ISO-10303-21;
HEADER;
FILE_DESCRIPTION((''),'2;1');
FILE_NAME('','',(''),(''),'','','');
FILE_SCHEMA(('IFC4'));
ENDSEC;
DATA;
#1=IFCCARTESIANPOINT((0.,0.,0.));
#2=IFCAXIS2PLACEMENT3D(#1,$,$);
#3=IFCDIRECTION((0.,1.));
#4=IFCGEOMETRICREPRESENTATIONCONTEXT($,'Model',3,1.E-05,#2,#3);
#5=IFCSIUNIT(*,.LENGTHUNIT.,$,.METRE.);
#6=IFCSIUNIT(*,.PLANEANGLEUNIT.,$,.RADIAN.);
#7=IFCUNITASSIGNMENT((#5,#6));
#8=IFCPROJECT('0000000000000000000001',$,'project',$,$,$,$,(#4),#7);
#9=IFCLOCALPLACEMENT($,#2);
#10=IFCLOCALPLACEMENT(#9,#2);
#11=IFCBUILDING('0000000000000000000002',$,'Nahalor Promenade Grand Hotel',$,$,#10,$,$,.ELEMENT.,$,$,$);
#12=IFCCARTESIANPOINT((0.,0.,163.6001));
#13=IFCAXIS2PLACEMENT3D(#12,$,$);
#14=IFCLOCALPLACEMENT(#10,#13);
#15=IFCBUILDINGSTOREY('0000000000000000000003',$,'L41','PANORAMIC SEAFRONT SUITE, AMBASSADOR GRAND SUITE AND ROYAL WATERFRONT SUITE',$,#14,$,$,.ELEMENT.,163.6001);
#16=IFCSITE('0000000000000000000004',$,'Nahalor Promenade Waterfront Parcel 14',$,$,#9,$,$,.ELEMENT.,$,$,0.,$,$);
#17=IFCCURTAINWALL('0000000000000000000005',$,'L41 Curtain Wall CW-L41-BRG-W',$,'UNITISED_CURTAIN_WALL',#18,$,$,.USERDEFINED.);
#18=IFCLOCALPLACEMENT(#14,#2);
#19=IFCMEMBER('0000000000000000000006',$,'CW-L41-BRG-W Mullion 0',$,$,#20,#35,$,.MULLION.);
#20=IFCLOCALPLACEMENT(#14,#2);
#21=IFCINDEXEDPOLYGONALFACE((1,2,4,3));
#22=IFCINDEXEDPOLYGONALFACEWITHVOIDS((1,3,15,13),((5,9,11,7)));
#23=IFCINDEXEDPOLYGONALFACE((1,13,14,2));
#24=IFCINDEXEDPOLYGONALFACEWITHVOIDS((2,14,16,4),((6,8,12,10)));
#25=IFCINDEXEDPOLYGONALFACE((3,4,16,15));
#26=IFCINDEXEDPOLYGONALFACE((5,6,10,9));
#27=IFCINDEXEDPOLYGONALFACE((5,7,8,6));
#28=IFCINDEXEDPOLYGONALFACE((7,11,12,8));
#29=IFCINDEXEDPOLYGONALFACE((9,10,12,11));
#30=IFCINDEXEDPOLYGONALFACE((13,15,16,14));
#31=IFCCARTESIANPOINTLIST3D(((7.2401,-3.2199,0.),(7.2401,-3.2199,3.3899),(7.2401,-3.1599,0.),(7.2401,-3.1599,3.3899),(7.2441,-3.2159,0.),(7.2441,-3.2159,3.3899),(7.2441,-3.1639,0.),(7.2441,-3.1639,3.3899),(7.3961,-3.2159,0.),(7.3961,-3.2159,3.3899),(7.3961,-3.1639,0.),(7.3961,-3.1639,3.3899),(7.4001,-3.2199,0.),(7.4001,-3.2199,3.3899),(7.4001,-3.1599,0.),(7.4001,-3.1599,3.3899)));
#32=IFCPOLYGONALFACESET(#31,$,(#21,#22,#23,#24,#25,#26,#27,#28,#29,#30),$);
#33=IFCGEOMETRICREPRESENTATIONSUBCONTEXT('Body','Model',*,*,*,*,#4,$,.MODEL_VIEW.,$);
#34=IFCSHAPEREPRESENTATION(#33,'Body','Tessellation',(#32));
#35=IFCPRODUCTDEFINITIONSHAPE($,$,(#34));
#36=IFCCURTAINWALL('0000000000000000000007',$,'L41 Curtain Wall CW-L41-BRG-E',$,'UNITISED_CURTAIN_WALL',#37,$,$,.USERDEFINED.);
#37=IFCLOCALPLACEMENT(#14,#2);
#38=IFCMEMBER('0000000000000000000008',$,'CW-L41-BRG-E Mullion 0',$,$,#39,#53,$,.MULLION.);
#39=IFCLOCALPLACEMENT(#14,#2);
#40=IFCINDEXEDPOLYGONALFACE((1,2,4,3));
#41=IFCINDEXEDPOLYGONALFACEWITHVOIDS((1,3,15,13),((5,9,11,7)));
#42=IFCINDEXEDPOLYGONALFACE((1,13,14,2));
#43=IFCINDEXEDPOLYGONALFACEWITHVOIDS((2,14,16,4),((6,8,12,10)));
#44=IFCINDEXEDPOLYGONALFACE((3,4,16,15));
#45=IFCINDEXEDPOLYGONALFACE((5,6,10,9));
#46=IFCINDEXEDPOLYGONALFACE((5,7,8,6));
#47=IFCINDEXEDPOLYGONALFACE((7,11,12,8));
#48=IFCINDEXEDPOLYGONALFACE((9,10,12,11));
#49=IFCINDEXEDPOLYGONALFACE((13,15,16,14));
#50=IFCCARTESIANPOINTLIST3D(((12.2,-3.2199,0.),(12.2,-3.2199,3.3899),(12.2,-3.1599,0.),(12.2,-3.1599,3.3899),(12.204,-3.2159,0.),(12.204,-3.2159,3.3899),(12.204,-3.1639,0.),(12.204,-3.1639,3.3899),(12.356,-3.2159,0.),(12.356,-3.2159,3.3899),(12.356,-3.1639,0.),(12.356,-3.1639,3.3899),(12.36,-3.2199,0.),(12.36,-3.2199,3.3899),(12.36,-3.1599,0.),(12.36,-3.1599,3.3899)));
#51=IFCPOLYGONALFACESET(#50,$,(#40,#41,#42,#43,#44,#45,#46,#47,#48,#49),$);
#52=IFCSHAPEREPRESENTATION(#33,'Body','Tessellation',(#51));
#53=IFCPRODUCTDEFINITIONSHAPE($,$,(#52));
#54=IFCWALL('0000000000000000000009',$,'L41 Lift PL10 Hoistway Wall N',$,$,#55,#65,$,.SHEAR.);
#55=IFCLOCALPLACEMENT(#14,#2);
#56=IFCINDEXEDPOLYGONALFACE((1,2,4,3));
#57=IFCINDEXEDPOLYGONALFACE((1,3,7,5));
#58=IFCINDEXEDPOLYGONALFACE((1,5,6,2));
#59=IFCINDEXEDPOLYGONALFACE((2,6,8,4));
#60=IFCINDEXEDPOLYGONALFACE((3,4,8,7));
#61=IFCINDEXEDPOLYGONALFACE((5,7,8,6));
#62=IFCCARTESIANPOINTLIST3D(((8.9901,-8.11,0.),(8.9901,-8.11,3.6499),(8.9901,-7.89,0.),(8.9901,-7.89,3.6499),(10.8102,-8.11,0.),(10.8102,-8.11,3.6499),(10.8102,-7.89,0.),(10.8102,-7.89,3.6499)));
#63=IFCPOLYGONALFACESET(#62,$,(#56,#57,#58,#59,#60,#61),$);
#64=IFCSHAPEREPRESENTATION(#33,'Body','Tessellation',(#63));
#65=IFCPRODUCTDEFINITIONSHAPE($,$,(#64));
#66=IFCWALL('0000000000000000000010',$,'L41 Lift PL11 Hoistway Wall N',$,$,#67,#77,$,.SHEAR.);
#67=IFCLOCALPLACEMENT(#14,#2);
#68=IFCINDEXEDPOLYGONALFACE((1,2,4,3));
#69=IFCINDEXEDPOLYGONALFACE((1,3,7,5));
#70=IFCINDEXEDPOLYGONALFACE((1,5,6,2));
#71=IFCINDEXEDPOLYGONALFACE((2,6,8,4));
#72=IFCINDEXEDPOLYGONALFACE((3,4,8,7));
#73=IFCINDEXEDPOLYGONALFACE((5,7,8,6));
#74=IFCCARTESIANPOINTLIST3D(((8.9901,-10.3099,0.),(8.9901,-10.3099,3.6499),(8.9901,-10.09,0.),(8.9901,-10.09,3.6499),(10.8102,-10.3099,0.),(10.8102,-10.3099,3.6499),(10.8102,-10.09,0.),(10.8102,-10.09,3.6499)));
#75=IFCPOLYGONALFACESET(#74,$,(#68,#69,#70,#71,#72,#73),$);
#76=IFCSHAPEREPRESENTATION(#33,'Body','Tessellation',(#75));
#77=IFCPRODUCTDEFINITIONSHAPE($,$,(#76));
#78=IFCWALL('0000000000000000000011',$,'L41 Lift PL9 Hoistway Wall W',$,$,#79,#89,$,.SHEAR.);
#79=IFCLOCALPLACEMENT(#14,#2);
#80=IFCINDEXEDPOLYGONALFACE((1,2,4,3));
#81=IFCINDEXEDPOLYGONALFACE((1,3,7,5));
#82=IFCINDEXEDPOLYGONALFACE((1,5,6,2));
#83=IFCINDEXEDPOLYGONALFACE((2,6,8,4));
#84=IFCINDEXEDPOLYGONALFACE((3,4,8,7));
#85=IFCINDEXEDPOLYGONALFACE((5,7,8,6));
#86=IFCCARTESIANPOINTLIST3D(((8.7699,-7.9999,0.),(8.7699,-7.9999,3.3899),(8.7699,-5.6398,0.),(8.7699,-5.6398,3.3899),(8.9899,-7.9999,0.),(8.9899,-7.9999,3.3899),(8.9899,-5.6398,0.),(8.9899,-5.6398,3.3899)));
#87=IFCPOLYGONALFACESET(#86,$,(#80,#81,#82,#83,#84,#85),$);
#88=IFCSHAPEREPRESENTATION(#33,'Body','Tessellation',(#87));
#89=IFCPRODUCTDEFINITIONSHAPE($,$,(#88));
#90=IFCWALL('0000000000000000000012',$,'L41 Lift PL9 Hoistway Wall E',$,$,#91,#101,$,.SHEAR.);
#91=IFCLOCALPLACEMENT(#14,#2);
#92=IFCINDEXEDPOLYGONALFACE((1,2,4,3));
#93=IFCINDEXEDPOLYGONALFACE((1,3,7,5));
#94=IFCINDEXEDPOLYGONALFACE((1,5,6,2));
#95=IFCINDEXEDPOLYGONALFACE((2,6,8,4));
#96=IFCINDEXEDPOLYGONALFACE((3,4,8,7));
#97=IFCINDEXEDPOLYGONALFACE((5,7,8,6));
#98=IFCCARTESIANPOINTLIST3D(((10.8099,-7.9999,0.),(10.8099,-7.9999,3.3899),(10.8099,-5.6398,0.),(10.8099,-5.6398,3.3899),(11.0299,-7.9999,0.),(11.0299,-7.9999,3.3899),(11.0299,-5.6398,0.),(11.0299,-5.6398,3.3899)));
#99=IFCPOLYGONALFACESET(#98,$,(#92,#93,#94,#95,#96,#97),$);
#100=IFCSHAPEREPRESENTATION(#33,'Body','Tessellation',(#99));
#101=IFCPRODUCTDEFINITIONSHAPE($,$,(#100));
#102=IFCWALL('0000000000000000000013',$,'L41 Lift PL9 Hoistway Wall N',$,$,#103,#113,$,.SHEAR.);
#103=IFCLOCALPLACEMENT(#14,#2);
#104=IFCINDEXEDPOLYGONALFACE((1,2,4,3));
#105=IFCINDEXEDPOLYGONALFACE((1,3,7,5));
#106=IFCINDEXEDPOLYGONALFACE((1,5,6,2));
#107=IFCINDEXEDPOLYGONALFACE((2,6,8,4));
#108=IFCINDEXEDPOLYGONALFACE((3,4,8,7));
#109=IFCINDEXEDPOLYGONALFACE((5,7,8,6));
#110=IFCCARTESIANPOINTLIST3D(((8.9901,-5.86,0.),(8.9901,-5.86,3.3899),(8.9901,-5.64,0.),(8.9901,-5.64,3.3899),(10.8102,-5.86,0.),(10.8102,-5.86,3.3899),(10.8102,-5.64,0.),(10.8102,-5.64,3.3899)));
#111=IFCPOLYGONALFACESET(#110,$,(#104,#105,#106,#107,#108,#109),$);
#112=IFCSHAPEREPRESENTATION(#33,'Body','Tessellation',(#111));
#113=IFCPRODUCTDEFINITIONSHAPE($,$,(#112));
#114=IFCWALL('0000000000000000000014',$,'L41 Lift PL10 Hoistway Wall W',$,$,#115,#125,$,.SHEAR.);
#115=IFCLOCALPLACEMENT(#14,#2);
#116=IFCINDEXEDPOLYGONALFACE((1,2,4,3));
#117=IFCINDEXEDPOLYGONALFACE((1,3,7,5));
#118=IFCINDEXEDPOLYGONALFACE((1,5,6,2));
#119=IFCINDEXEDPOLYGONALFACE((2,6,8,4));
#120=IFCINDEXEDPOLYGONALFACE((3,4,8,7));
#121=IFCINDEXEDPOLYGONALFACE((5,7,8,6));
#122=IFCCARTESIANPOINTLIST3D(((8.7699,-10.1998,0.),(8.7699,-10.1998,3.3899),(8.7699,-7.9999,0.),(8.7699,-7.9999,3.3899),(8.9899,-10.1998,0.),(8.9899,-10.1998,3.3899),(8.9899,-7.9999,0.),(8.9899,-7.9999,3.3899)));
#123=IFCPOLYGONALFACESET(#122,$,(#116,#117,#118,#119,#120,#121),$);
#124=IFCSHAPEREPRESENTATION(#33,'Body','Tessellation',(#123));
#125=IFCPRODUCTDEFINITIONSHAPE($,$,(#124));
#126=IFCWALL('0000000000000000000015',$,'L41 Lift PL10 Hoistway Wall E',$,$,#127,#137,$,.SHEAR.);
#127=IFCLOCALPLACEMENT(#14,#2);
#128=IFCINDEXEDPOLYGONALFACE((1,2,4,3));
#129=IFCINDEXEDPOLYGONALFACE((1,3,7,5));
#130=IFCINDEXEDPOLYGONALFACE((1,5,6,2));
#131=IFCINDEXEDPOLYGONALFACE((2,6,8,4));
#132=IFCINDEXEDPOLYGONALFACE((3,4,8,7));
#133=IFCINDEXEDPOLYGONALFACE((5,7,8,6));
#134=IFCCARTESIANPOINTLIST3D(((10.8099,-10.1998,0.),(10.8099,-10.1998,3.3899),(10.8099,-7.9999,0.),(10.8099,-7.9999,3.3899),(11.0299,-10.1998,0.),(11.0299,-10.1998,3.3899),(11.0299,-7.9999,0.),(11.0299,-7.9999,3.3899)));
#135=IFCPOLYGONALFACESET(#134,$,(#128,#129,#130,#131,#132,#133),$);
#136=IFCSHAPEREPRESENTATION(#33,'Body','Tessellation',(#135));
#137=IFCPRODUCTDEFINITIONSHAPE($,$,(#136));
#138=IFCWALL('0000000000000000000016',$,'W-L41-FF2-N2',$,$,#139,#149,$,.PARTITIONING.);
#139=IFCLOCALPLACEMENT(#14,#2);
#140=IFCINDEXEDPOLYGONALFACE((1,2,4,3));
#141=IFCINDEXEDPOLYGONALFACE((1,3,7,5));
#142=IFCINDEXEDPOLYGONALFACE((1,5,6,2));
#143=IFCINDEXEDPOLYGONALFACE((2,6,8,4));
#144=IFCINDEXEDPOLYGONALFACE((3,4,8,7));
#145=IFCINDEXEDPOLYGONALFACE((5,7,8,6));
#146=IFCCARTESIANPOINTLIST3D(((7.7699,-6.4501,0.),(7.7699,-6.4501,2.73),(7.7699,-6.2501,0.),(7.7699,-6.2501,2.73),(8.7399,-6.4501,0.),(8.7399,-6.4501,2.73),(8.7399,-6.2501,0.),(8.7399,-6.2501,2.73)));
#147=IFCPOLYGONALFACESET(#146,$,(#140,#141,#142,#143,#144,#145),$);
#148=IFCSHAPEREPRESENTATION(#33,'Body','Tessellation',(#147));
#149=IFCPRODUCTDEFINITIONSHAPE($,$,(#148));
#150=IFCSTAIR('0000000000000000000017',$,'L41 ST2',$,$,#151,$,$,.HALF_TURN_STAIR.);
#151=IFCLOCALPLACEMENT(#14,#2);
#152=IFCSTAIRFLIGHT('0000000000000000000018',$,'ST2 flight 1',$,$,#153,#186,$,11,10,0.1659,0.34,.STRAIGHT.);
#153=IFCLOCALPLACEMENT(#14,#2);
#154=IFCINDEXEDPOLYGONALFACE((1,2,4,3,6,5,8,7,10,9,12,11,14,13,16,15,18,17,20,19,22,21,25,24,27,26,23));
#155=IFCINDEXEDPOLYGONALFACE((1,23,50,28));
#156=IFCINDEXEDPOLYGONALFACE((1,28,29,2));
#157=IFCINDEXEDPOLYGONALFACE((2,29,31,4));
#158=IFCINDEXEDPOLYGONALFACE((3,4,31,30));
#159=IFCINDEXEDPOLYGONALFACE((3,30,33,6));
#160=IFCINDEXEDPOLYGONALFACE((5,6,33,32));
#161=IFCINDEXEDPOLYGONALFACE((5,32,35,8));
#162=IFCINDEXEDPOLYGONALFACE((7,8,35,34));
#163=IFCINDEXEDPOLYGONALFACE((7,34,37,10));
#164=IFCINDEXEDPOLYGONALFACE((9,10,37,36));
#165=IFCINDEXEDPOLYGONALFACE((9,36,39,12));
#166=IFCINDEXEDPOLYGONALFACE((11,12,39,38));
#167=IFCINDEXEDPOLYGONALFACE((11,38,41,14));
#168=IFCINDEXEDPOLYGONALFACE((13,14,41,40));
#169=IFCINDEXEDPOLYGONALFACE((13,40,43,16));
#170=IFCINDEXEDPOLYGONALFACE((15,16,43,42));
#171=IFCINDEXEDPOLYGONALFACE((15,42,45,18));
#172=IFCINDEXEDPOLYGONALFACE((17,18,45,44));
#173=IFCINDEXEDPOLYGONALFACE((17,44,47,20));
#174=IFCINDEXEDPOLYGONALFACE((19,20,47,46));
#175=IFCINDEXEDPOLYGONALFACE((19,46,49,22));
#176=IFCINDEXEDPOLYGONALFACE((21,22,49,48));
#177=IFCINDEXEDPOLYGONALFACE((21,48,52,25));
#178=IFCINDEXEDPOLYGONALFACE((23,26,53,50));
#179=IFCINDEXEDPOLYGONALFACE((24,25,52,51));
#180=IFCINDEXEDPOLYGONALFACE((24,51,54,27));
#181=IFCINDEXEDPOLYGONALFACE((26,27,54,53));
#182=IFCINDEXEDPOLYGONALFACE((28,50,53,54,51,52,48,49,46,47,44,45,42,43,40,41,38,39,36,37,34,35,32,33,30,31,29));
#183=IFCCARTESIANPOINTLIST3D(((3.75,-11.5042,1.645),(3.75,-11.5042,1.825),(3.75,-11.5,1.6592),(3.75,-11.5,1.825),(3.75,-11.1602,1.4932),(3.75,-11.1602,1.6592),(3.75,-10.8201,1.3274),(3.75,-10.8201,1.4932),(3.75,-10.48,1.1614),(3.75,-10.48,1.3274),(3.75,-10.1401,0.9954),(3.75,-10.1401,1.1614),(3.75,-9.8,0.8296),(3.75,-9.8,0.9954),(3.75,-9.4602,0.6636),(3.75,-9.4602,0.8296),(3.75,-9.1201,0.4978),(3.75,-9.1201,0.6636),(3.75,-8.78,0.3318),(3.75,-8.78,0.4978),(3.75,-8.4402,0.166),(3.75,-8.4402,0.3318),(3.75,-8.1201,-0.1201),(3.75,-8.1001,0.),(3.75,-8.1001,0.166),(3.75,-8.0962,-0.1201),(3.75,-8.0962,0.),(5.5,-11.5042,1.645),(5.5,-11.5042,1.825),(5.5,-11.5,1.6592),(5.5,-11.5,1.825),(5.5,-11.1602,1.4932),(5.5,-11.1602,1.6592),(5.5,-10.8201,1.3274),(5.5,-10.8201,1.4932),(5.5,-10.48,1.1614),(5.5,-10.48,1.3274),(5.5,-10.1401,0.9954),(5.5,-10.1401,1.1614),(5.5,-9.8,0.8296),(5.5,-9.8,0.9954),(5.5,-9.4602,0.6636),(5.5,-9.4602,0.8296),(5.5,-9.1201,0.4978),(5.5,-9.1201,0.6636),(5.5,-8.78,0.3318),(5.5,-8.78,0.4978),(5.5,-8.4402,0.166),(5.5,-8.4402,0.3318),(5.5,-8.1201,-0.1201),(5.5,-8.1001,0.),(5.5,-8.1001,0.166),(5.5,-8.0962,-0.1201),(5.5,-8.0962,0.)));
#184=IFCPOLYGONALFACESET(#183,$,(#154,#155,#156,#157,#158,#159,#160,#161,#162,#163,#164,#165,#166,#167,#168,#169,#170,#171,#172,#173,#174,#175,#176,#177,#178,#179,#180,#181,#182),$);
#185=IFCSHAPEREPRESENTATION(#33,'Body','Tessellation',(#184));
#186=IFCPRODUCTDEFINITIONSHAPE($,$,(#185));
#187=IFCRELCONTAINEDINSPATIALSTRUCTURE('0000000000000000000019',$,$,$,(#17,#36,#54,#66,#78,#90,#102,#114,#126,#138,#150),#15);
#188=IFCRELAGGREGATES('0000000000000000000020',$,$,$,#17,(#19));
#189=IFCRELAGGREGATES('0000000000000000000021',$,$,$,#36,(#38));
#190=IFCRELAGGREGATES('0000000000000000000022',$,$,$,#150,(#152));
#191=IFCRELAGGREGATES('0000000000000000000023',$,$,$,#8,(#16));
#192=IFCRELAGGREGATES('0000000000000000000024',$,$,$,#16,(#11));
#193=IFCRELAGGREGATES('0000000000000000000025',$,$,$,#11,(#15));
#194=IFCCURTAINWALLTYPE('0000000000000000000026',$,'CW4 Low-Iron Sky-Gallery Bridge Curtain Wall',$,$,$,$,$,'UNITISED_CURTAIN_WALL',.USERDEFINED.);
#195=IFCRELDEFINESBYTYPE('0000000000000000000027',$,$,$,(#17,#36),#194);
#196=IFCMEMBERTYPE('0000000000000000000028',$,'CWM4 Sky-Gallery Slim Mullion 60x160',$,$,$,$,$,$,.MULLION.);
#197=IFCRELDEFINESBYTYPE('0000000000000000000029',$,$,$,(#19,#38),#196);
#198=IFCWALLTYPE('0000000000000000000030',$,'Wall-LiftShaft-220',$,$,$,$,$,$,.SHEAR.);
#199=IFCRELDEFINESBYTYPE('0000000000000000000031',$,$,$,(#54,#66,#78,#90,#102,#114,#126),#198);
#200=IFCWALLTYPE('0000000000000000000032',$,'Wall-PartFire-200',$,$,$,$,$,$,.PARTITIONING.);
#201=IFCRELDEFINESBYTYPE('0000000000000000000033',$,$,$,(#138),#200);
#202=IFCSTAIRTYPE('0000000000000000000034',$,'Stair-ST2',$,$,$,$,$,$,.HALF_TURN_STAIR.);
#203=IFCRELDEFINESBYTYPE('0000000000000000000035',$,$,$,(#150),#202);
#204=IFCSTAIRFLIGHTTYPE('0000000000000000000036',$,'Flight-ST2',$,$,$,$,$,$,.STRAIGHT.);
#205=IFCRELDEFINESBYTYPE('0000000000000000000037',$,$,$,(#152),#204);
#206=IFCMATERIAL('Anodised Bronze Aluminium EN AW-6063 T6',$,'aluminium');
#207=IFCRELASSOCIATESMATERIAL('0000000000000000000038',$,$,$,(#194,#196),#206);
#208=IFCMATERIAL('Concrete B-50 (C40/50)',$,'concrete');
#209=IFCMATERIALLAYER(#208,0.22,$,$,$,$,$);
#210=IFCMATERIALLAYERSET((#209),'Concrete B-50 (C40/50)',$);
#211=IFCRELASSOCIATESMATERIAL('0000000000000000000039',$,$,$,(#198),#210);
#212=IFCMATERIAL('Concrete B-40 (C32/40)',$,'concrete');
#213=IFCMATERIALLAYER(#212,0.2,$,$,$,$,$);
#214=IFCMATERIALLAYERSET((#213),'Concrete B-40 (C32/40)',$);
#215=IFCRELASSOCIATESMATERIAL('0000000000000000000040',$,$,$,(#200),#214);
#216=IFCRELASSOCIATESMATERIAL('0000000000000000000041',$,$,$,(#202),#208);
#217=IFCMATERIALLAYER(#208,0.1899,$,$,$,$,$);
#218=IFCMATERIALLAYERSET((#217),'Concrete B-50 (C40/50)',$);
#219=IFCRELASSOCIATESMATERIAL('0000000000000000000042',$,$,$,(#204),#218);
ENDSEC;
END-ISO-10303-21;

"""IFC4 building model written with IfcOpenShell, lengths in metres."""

from ifc_helpers import new_model, si_unit, direction, frame, frame_2d, origin, origin_2d, place, context, subcontext, project, spatial, polyline, rectangle, hollow_rectangle, outline, extrude, source, transform, mapped, material, layer, layer_set, material_profile, profile_set, type_object, element, aggregate, save


model = new_model("IFC4")

# Units and contexts
model_context = context("Model", 3, precision=1e-05, world=origin(), true_north=direction((0.0, 1.0)))
body_context = subcontext(model_context, "Body", "Model", "MODEL_VIEW")
ifc_project = project(units=[si_unit("LENGTHUNIT", "METRE"), si_unit("PLANEANGLEUNIT", "RADIAN")], contexts=[model_context])

# Site, building, storey
site_placement = place(None, origin())
site = spatial("IfcSite", under=ifc_project, at=site_placement, Name="Nahalor Promenade Waterfront Parcel 14", CompositionType="ELEMENT", RefElevation=0.0)
building_placement = place(site_placement, origin())
building = spatial("IfcBuilding", under=site, at=building_placement, Name="Nahalor Promenade Grand Hotel", CompositionType="ELEMENT")
storey_placement = place(building_placement, frame((0.0, 0.0, 163.6001)))
storey = spatial("IfcBuildingStorey", under=building, at=storey_placement, Name="L41", Description="PANORAMIC SEAFRONT SUITE, AMBASSADOR GRAND SUITE AND ROYAL WATERFRONT SUITE", CompositionType="ELEMENT", Elevation=163.6001)

# Curtain wall
ifc_material_1 = material(Name="Anodised Bronze Aluminium EN AW-6063 T6", Category="aluminium")
curtain_wall_type_1 = type_object("IfcCurtainWallType", Name="CW4 Low-Iron Sky-Gallery Bridge Curtain Wall", ElementType="UNITISED_CURTAIN_WALL", PredefinedType="USERDEFINED", material=ifc_material_1)
curtain_wall_1_placement = place(storey_placement, origin())
curtain_wall_1 = element("IfcCurtainWall", 1, at=curtain_wall_1_placement, inside=storey, type_object=curtain_wall_type_1, Name="L41 Curtain Wall CW-L41-BRG-W", ObjectType="UNITISED_CURTAIN_WALL", PredefinedType="USERDEFINED")

# Member
ifc_material_profile_1 = material_profile(ifc_material_1, hollow_rectangle(XDim=0.06, YDim=0.16, WallThickness=0.004, at=origin_2d()), Name="CWM 60x160x4")
ifc_profile_set_1 = profile_set([ifc_material_profile_1], Name="Anodised Bronze Aluminium EN AW-6063 T6")
member_type_1 = type_object("IfcMemberType", Name="CWM4 Sky-Gallery Slim Mullion 60x160", PredefinedType="MULLION", material=ifc_profile_set_1)
shared_shape_1 = source(origin(), body_context, "Body", "SweptSolid", [
    extrude(hollow_rectangle(XDim=0.06, YDim=0.16, WallThickness=0.004, at=origin_2d()), origin(), (0.0, 0.0, 1.0), 3.3899),
])
member_1_placement = place(storey_placement, frame((7.3201, -3.1899, 0.0), z_axis=(0.0, 0.0, 1.0), x_axis=(0.0, 1.0, 0.0)))
member_1 = element("IfcMember", 2, at=member_1_placement, type_object=member_type_1, Name="CW-L41-BRG-W Mullion 0", PredefinedType="MULLION", context=body_context, shape_type="MappedRepresentation", body=[
    mapped(shared_shape_1, transform((0.0, 0.0, 0.0), scale=1.0)),
])
aggregate(curtain_wall_1, [member_1])

# Curtain wall, member
curtain_wall_2_placement = place(storey_placement, origin())
curtain_wall_2 = element("IfcCurtainWall", 3, at=curtain_wall_2_placement, inside=storey, type_object=curtain_wall_type_1, Name="L41 Curtain Wall CW-L41-BRG-E", ObjectType="UNITISED_CURTAIN_WALL", PredefinedType="USERDEFINED")
member_2_placement = place(storey_placement, frame((12.28, -3.1899, 0.0), z_axis=(0.0, 0.0, 1.0), x_axis=(0.0, 1.0, 0.0)))
member_2 = element("IfcMember", 4, at=member_2_placement, type_object=member_type_1, Name="CW-L41-BRG-E Mullion 0", PredefinedType="MULLION", context=body_context, shape_type="MappedRepresentation", body=[
    mapped(shared_shape_1, transform((0.0, 0.0, 0.0), scale=1.0)),
])
aggregate(curtain_wall_2, [member_2])

# Walls
ifc_material_2 = material(Name="Concrete B-50 (C40/50)", Category="concrete")
ifc_layer_1 = layer(ifc_material_2, 0.22)
ifc_layer_set_1 = layer_set([ifc_layer_1], Name="Concrete B-50 (C40/50)")
wall_type_1 = type_object("IfcWallType", Name="Wall-LiftShaft-220", PredefinedType="SHEAR", material=ifc_layer_set_1)
shared_shape_2 = source(origin(), body_context, "Body", "SweptSolid", [
    extrude(rectangle(XDim=1.8201, YDim=0.22, at=frame_2d((0.9102, 0.0))), origin(), (0.0, 0.0, 1.0), 3.6499),
])
for number, where, z_axis, x_axis, name in (
    (5, (8.99, -8.0, 0.0), (0.0, 0.0, 1.0), (1.0, 0.0, 0.0), "L41 Lift PL10 Hoistway Wall N"),
    (6, (8.99, -10.2, 0.0), (0.0, 0.0, 1.0), (1.0, 0.0, 0.0), "L41 Lift PL11 Hoistway Wall N"),
):
    element("IfcWall", number, at=place(storey_placement, frame(where, z_axis=z_axis, x_axis=x_axis)), inside=storey, type_object=wall_type_1, Name=name, PredefinedType="SHEAR", context=body_context, shape_type="MappedRepresentation", body=[
        mapped(shared_shape_2, transform((0.0, 0.0, 0.0), scale=1.0)),
    ])
shared_shape_3 = source(origin(), body_context, "Body", "SweptSolid", [
    extrude(rectangle(XDim=2.3601, YDim=0.22, at=frame_2d((1.1802, 0.0))), origin(), (0.0, 0.0, 1.0), 3.3899),
])
for number, where, z_axis, x_axis, name in (
    (7, (8.8799, -8.0, 0.0), (0.0, 0.0, 1.0), (0.0, 1.0, 0.0), "L41 Lift PL9 Hoistway Wall W"),
    (8, (10.9199, -8.0, 0.0), (0.0, 0.0, 1.0), (0.0, 1.0, 0.0), "L41 Lift PL9 Hoistway Wall E"),
):
    element("IfcWall", number, at=place(storey_placement, frame(where, z_axis=z_axis, x_axis=x_axis)), inside=storey, type_object=wall_type_1, Name=name, PredefinedType="SHEAR", context=body_context, shape_type="MappedRepresentation", body=[
        mapped(shared_shape_3, transform((0.0, 0.0, 0.0), scale=1.0)),
    ])
shared_shape_4 = source(origin(), body_context, "Body", "SweptSolid", [
    extrude(rectangle(XDim=1.8201, YDim=0.22, at=frame_2d((0.9102, 0.0))), origin(), (0.0, 0.0, 1.0), 3.3899),
])
wall_1_placement = place(storey_placement, frame((8.99, -5.75, 0.0), z_axis=(0.0, 0.0, 1.0), x_axis=(1.0, 0.0, 0.0)))
element("IfcWall", 9, at=wall_1_placement, inside=storey, type_object=wall_type_1, Name="L41 Lift PL9 Hoistway Wall N", PredefinedType="SHEAR", context=body_context, shape_type="MappedRepresentation", body=[
    mapped(shared_shape_4, transform((0.0, 0.0, 0.0), scale=1.0)),
])
shared_shape_5 = source(origin(), body_context, "Body", "SweptSolid", [
    extrude(rectangle(XDim=2.2, YDim=0.22, at=frame_2d((1.1001, 0.0))), origin(), (0.0, 0.0, 1.0), 3.3899),
])
for number, where, z_axis, x_axis, name in (
    (10, (8.8799, -10.2, 0.0), (0.0, 0.0, 1.0), (0.0, 1.0, 0.0), "L41 Lift PL10 Hoistway Wall W"),
    (11, (10.9199, -10.2, 0.0), (0.0, 0.0, 1.0), (0.0, 1.0, 0.0), "L41 Lift PL10 Hoistway Wall E"),
):
    element("IfcWall", number, at=place(storey_placement, frame(where, z_axis=z_axis, x_axis=x_axis)), inside=storey, type_object=wall_type_1, Name=name, PredefinedType="SHEAR", context=body_context, shape_type="MappedRepresentation", body=[
        mapped(shared_shape_5, transform((0.0, 0.0, 0.0), scale=1.0)),
    ])
ifc_material_3 = material(Name="Concrete B-40 (C32/40)", Category="concrete")
ifc_layer_2 = layer(ifc_material_3, 0.2)
ifc_layer_set_2 = layer_set([ifc_layer_2], Name="Concrete B-40 (C32/40)")
wall_type_2 = type_object("IfcWallType", Name="Wall-PartFire-200", PredefinedType="PARTITIONING", material=ifc_layer_set_2)
shared_shape_6 = source(origin(), body_context, "Body", "SweptSolid", [
    extrude(rectangle(XDim=0.97, YDim=0.2, at=frame_2d((0.4849, 0.0))), origin(), (0.0, 0.0, 1.0), 2.73),
])
wall_2_placement = place(storey_placement, frame((7.77, -6.3501, 0.0), z_axis=(0.0, 0.0, 1.0), x_axis=(1.0, 0.0, 0.0)))
element("IfcWall", 12, at=wall_2_placement, inside=storey, type_object=wall_type_2, Name="W-L41-FF2-N2", PredefinedType="PARTITIONING", context=body_context, shape_type="MappedRepresentation", body=[
    mapped(shared_shape_6, transform((0.0, 0.0, 0.0), scale=1.0)),
])

# Stair, stair flight
stair_type = type_object("IfcStairType", Name="Stair-ST2", PredefinedType="HALF_TURN_STAIR", material=ifc_material_2)
stair_placement = place(storey_placement, origin())
stair = element("IfcStair", 13, at=stair_placement, inside=storey, type_object=stair_type, Name="L41 ST2", PredefinedType="HALF_TURN_STAIR")
ifc_layer_3 = layer(ifc_material_2, 0.1899)
ifc_layer_set_3 = layer_set([ifc_layer_3], Name="Concrete B-50 (C40/50)")
stair_flight_type = type_object("IfcStairFlightType", Name="Flight-ST2", PredefinedType="STRAIGHT", material=ifc_layer_set_3)
shared_shape_7 = source(origin(), body_context, "Body", "SweptSolid", [
    extrude(outline(polyline([(-0.0039, -0.1201), (-0.0039, 0.0), (0.0, 0.0), (0.0, 0.166), (0.3401, 0.166), (0.3401, 0.3318), (0.6799, 0.3318), (0.6799, 0.4978), (1.02, 0.4978), (1.02, 0.6636), (1.3601, 0.6636), (1.3601, 0.8296), (1.7, 0.8296), (1.7, 0.9954), (2.04, 0.9954), (2.04, 1.1614), (2.3799, 1.1614), (2.3799, 1.3274), (2.72, 1.3274), (2.72, 1.4932), (3.0601, 1.4932), (3.0601, 1.6592), (3.3999, 1.6592), (3.3999, 1.825), (3.4041, 1.825), (3.4041, 1.645), (0.02, -0.1201), (-0.0039, -0.1201)])), frame((0.0, 0.875, 0.0), z_axis=(0.0, -1.0, 0.0), x_axis=(1.0, 0.0, 0.0)), (0.0, 0.0, 1.0), 1.75),
])
stair_flight_1_placement = place(storey_placement, frame((4.625, -8.1001, 0.0), z_axis=(0.0, 0.0, 1.0), x_axis=(0.0, -1.0, 0.0)))
stair_flight_1 = element("IfcStairFlight", 14, at=stair_flight_1_placement, type_object=stair_flight_type, Name="ST2 flight 1", NumberOfRisers=11, NumberOfTreads=10, PredefinedType="STRAIGHT", RiserHeight=0.1659, TreadLength=0.34, context=body_context, shape_type="MappedRepresentation", body=[
    mapped(shared_shape_7, transform((0.0, 0.0, 0.0), scale=1.0)),
])
aggregate(stair, [stair_flight_1])

save(model, "model.ifc")
